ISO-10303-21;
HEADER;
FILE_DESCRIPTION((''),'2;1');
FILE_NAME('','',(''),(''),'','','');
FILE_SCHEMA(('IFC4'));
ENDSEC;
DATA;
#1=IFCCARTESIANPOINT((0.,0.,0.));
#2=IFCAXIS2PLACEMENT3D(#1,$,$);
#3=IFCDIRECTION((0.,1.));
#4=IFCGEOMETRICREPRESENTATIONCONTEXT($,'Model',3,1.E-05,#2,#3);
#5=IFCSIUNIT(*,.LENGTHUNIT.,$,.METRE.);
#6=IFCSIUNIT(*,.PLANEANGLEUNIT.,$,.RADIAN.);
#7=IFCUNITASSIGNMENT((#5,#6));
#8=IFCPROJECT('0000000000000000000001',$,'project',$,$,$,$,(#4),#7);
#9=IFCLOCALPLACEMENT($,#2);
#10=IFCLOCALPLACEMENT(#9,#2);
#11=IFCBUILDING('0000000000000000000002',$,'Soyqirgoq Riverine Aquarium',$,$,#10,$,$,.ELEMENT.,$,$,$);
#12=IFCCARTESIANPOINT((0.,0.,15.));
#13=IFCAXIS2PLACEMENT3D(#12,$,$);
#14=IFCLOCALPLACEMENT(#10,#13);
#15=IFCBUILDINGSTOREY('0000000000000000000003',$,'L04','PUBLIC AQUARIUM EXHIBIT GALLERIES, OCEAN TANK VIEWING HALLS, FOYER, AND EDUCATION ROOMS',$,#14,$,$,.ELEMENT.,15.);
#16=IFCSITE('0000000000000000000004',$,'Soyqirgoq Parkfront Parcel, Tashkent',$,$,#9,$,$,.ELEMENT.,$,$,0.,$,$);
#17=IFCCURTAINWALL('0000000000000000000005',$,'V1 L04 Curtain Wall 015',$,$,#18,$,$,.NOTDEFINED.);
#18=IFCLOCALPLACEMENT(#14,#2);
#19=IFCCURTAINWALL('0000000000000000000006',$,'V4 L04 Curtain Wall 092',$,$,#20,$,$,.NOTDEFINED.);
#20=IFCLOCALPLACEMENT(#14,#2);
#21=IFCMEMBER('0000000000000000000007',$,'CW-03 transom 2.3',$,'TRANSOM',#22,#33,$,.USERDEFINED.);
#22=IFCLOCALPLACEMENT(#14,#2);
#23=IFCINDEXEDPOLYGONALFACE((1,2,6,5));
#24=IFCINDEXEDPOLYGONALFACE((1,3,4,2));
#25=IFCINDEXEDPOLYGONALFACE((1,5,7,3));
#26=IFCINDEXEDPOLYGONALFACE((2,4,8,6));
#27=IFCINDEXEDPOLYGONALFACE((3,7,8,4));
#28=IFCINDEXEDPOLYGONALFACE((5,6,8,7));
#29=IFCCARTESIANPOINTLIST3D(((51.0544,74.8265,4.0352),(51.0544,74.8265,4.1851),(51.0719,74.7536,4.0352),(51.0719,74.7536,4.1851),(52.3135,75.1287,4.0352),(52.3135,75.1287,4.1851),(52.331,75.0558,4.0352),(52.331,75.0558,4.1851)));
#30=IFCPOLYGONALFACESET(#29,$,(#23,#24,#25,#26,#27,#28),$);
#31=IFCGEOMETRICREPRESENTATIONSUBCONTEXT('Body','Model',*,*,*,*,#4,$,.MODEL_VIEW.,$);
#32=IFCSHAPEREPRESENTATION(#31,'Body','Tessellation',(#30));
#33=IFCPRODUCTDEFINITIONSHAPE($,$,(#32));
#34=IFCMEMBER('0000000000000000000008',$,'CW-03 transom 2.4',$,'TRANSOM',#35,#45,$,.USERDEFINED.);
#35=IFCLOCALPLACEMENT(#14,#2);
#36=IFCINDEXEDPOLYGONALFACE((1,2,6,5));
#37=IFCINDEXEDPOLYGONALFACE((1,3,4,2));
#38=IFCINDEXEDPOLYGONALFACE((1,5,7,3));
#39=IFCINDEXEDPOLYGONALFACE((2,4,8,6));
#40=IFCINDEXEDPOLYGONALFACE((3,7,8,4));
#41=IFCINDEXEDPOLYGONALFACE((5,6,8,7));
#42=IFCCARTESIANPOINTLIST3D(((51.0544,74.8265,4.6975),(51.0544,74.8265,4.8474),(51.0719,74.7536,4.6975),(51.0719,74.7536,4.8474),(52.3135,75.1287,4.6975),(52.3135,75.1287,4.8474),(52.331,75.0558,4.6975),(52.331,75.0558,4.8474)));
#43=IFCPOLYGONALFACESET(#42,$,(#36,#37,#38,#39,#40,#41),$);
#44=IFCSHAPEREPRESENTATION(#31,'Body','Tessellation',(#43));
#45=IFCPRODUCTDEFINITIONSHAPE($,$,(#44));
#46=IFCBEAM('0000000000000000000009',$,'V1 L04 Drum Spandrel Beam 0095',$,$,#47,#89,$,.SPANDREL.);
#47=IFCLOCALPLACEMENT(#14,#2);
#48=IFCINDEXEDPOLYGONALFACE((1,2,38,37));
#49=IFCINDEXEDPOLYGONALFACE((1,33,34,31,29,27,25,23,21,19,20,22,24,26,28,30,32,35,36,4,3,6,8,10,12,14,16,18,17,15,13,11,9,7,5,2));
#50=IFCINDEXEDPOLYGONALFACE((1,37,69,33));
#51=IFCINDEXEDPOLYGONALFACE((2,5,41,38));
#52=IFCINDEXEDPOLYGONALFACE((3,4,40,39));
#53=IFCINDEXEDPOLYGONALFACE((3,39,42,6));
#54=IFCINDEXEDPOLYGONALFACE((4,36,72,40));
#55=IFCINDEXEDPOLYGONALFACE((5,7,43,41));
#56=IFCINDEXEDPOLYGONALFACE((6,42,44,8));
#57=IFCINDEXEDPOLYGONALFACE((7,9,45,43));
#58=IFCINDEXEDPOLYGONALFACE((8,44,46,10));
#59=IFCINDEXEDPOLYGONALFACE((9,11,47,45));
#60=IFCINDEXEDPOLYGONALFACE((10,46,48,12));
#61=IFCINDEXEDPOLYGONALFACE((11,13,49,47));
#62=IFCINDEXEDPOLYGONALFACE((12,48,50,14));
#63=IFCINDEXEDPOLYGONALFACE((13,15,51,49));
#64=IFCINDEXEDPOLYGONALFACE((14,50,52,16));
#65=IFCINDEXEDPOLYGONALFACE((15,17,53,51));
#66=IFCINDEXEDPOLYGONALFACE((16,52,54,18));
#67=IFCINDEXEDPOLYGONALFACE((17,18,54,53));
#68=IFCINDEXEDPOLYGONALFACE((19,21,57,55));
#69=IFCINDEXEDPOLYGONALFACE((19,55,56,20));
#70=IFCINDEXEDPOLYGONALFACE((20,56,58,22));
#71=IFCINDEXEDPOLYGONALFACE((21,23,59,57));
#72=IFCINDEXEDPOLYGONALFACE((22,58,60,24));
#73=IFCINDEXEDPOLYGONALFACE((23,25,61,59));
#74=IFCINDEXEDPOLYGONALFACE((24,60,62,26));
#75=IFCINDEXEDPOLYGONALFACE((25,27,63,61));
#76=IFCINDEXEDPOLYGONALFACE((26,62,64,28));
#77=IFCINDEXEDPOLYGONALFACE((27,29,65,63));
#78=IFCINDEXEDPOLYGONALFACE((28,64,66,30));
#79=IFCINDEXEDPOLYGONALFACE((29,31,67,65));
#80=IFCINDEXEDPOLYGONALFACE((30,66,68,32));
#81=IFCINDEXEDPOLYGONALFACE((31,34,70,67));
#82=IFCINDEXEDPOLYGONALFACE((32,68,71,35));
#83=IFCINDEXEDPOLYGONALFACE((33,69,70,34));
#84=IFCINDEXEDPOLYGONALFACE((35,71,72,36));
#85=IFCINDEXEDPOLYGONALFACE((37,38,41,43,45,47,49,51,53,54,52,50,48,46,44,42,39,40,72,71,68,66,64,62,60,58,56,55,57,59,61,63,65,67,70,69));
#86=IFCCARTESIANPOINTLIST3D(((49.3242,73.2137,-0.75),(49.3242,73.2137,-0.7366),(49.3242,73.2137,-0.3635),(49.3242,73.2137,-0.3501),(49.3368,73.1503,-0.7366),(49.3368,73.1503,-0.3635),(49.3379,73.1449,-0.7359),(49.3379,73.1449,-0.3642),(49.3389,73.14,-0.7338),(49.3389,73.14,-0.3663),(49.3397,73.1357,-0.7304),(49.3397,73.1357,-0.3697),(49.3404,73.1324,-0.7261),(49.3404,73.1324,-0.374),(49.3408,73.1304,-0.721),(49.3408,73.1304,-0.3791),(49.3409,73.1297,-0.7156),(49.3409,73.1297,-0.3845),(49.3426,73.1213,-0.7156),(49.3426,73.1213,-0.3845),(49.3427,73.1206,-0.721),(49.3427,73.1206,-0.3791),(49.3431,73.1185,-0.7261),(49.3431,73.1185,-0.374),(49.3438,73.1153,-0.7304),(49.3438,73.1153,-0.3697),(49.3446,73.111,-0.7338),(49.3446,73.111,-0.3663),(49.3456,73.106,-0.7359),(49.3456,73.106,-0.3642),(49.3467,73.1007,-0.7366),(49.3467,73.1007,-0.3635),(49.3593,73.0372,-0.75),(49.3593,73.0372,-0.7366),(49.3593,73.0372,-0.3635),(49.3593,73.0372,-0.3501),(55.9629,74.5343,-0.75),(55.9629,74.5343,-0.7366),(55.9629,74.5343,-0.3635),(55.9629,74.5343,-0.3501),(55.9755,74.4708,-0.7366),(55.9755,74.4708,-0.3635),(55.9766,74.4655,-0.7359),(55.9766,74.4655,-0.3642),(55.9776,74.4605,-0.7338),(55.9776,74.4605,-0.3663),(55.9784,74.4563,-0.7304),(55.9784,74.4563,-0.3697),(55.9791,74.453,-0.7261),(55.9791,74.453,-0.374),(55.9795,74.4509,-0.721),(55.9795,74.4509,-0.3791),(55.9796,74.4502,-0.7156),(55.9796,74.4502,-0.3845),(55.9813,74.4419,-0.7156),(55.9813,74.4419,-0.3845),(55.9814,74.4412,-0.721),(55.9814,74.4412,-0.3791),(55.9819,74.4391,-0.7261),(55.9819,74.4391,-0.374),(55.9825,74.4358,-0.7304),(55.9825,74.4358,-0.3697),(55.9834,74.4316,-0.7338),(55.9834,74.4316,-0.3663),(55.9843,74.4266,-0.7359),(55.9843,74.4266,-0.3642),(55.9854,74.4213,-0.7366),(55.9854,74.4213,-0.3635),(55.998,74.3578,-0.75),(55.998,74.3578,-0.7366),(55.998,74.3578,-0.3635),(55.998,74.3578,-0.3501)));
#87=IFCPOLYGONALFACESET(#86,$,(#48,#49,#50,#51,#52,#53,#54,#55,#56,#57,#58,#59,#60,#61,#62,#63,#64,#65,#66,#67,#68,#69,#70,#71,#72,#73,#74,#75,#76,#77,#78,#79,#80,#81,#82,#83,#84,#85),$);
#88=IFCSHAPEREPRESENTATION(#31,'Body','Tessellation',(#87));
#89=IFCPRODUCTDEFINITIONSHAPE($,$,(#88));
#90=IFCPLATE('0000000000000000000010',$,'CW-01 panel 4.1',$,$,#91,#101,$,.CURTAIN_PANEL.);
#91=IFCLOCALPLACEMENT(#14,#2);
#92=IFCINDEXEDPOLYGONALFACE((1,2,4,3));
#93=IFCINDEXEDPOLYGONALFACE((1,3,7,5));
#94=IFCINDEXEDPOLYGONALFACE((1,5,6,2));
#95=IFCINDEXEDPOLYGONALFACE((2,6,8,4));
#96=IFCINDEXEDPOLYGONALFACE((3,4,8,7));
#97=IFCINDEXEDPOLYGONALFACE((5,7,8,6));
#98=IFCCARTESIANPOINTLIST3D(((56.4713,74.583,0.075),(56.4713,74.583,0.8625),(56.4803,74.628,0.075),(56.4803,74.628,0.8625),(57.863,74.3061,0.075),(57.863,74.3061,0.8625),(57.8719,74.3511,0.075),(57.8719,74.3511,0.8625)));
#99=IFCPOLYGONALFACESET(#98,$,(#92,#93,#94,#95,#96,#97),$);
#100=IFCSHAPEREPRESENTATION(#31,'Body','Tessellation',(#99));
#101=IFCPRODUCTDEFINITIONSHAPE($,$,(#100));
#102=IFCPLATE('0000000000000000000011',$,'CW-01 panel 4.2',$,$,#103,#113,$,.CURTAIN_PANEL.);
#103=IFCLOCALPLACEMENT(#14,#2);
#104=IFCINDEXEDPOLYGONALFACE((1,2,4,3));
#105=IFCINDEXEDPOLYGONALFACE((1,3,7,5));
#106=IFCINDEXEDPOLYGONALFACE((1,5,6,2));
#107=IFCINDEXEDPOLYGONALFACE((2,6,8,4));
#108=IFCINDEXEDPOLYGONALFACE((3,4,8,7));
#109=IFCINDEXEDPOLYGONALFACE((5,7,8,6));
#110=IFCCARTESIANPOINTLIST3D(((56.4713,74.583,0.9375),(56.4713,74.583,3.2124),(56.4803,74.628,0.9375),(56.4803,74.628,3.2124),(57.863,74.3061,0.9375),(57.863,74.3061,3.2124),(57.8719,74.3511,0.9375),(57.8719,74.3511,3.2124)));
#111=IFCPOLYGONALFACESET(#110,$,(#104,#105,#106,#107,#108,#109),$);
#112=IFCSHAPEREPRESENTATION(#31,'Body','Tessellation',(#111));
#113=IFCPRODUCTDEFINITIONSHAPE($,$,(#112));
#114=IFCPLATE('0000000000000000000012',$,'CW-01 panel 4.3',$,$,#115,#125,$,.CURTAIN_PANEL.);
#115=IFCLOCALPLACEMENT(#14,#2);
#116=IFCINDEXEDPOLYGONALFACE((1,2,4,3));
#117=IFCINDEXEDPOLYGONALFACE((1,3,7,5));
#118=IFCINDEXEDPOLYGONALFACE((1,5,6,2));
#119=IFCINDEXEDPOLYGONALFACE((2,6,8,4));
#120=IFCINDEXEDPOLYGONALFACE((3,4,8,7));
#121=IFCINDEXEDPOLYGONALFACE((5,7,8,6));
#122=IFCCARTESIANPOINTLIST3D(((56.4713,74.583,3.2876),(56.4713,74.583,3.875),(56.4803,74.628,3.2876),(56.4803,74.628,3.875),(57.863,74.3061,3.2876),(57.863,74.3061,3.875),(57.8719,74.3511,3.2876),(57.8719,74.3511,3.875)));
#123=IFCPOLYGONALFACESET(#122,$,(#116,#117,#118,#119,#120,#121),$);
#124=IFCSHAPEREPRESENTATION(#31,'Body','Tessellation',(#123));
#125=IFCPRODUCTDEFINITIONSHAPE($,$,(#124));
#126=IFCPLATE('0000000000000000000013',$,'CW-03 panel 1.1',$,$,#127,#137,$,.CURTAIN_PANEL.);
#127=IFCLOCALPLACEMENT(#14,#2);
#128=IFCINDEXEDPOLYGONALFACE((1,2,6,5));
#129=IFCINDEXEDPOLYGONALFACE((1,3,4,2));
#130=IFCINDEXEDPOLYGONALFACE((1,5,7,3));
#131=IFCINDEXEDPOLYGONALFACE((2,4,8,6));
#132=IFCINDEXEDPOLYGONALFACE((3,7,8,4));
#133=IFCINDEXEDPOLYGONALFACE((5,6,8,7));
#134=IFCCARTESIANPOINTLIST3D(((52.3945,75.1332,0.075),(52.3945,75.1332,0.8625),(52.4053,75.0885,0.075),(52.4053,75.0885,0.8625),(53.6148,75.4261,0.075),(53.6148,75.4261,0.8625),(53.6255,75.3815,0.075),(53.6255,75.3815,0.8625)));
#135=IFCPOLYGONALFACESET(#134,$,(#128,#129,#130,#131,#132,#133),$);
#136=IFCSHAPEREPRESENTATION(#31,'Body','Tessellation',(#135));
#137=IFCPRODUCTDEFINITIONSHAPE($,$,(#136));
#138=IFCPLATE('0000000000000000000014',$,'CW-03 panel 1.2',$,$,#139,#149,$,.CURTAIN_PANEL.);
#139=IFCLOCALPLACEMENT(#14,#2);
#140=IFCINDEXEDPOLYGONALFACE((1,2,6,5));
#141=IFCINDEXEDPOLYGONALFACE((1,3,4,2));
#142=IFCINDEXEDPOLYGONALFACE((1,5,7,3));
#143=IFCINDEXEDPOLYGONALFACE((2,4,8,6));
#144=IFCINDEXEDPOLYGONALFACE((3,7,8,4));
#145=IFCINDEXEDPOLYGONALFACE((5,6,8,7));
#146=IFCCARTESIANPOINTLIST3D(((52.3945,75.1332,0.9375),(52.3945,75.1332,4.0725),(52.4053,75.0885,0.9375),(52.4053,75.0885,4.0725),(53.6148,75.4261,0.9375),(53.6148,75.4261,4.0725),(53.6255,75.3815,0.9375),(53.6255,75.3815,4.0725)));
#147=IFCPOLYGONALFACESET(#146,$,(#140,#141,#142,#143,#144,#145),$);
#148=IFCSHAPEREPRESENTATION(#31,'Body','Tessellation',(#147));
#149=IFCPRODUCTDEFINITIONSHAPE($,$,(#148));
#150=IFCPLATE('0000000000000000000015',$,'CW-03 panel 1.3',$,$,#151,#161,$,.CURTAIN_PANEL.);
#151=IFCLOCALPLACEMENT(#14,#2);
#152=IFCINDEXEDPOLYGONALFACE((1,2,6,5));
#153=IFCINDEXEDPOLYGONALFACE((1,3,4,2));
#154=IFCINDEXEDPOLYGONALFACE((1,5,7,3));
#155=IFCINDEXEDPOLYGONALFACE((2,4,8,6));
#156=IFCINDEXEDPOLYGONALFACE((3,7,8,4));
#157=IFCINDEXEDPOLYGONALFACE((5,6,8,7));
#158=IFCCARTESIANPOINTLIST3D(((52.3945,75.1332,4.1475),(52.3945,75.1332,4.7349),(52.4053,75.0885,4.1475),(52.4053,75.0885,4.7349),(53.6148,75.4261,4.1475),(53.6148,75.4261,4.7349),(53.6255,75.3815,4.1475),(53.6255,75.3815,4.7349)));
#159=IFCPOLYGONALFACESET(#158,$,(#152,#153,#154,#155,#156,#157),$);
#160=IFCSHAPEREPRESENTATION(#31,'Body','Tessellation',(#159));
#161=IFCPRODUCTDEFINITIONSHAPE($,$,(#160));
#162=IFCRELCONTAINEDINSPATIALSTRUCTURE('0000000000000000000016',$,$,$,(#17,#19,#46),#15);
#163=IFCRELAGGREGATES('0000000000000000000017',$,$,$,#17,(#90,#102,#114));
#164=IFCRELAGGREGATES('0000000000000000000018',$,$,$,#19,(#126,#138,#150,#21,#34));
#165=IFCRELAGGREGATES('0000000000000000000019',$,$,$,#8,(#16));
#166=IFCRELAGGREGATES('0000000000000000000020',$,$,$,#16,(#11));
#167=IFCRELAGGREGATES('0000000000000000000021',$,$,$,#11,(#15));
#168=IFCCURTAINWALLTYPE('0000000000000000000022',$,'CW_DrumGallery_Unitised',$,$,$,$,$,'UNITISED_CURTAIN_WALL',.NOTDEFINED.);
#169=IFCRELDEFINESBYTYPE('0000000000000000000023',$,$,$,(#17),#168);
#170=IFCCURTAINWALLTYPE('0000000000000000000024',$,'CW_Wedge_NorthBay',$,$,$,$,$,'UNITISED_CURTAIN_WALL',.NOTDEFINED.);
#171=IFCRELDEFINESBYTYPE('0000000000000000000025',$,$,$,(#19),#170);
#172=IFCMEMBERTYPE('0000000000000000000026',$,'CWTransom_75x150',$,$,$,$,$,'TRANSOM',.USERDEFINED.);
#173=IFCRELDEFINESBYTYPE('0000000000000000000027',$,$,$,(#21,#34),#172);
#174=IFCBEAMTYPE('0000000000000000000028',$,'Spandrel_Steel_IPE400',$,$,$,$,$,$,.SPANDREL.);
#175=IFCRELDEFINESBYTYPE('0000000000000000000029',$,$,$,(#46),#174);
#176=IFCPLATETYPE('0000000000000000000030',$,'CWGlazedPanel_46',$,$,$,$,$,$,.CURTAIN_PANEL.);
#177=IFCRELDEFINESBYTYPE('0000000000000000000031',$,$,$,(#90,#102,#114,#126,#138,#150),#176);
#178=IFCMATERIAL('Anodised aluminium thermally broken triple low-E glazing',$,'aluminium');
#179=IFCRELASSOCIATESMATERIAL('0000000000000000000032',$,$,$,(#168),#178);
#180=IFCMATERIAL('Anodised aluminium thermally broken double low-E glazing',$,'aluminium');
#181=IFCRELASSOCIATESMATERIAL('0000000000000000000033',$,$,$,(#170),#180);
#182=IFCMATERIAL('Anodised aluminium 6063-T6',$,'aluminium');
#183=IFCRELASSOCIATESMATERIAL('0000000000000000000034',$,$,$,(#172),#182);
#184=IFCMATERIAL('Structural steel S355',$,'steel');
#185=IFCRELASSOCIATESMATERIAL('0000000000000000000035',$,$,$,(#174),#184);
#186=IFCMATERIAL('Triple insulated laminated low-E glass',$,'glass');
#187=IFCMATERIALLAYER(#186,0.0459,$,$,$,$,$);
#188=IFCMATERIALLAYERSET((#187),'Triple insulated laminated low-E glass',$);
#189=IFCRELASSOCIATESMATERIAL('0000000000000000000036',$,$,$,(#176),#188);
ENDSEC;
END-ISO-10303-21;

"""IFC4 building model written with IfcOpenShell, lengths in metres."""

from ifc_helpers import new_model, si_unit, direction, frame, origin, origin_2d, place, context, subcontext, project, spatial, rectangle, i_section, extrude, material, layer, layer_set, material_profile, profile_set, type_object, element, aggregate, save


model = new_model("IFC4")

# Units and contexts
model_context = context("Model", 3, precision=1e-05, world=origin(), true_north=direction((0.0, 1.0)))
body_context = subcontext(model_context, "Body", "Model", "MODEL_VIEW")
ifc_project = project(units=[si_unit("LENGTHUNIT", "METRE"), si_unit("PLANEANGLEUNIT", "RADIAN")], contexts=[model_context])

# Site, building, storey
site_placement = place(None, origin())
site = spatial("IfcSite", under=ifc_project, at=site_placement, Name="Soyqirgoq Parkfront Parcel, Tashkent", CompositionType="ELEMENT", RefElevation=0.0)
building_placement = place(site_placement, origin())
building = spatial("IfcBuilding", under=site, at=building_placement, Name="Soyqirgoq Riverine Aquarium", CompositionType="ELEMENT")
storey_placement = place(building_placement, frame((0.0, 0.0, 15.0)))
storey = spatial("IfcBuildingStorey", under=building, at=storey_placement, Name="L04", Description="PUBLIC AQUARIUM EXHIBIT GALLERIES, OCEAN TANK VIEWING HALLS, FOYER, AND EDUCATION ROOMS", CompositionType="ELEMENT", Elevation=15.0)

# Curtain walls
ifc_material_1 = material(Name="Anodised aluminium thermally broken triple low-E glazing", Category="aluminium")
curtain_wall_type_1 = type_object("IfcCurtainWallType", Name="CW_DrumGallery_Unitised", ElementType="UNITISED_CURTAIN_WALL", PredefinedType="NOTDEFINED", material=ifc_material_1)
curtain_wall_1_placement = place(storey_placement, origin())
curtain_wall_1 = element("IfcCurtainWall", 1, at=curtain_wall_1_placement, inside=storey, type_object=curtain_wall_type_1, Name="V1 L04 Curtain Wall 015", PredefinedType="NOTDEFINED")
ifc_material_2 = material(Name="Anodised aluminium thermally broken double low-E glazing", Category="aluminium")
curtain_wall_type_2 = type_object("IfcCurtainWallType", Name="CW_Wedge_NorthBay", ElementType="UNITISED_CURTAIN_WALL", PredefinedType="NOTDEFINED", material=ifc_material_2)
curtain_wall_2_placement = place(storey_placement, origin())
curtain_wall_2 = element("IfcCurtainWall", 2, at=curtain_wall_2_placement, inside=storey, type_object=curtain_wall_type_2, Name="V4 L04 Curtain Wall 092", PredefinedType="NOTDEFINED")

# Members
ifc_material_3 = material(Name="Anodised aluminium 6063-T6", Category="aluminium")
ifc_material_profile_1 = material_profile(ifc_material_3, rectangle(XDim=0.075, YDim=0.1499, at=origin_2d()), Name="ALU-T 75x150")
ifc_profile_set_1 = profile_set([ifc_material_profile_1], Name="Anodised aluminium 6063-T6")
member_type_1 = type_object("IfcMemberType", Name="CWTransom_75x150", ElementType="TRANSOM", PredefinedType="USERDEFINED", material=ifc_profile_set_1)
member_1_placement = place(storey_placement, frame((52.3223, 75.0923, 4.1101), z_axis=(-0.972374, -0.23343, 0.0), x_axis=(0.23343, -0.972374, 0.0)))
member_1 = element("IfcMember", 3, at=member_1_placement, type_object=member_type_1, Name="CW-03 transom 2.3", ObjectType="TRANSOM", PredefinedType="USERDEFINED", context=body_context, shape_type="SweptSolid", body=[
    extrude(rectangle(XDim=0.075, YDim=0.1499, at=origin_2d()), origin(), (0.0, 0.0, 1.0), 1.2949),
])
member_2_placement = place(storey_placement, frame((52.3223, 75.0923, 4.7725), z_axis=(-0.972374, -0.23343, 0.0), x_axis=(0.23343, -0.972374, 0.0)))
member_2 = element("IfcMember", 4, at=member_2_placement, type_object=member_type_1, Name="CW-03 transom 2.4", ObjectType="TRANSOM", PredefinedType="USERDEFINED", context=body_context, shape_type="SweptSolid", body=[
    extrude(rectangle(XDim=0.075, YDim=0.1499, at=origin_2d()), origin(), (0.0, 0.0, 1.0), 1.2949),
])

# Beam
ifc_material_4 = material(Name="Structural steel S355", Category="steel")
ifc_material_profile_2 = material_profile(ifc_material_4, i_section(OverallWidth=0.1799, OverallDepth=0.3999, WebThickness=0.0085, FlangeThickness=0.0134, FilletRadius=0.021, at=origin_2d()), Name="IPE 400")
ifc_profile_set_2 = profile_set([ifc_material_profile_2], Name="Structural steel S355")
beam_type = type_object("IfcBeamType", Name="Spandrel_Steel_IPE400", PredefinedType="SPANDREL", material=ifc_profile_set_2)
beam_placement = place(storey_placement, frame((55.9805, 74.446, -0.55), z_axis=(-0.980784, -0.195096, 0.0), x_axis=(0.195096, -0.980784, 0.0)))
element("IfcBeam", 5, at=beam_placement, inside=storey, type_object=beam_type, Name="V1 L04 Drum Spandrel Beam 0095", PredefinedType="SPANDREL", context=body_context, shape_type="SweptSolid", body=[
    extrude(i_section(OverallWidth=0.1799, OverallDepth=0.3999, WebThickness=0.0085, FlangeThickness=0.0134, FilletRadius=0.021, at=origin_2d()), origin(), (0.0, 0.0, 1.0), 6.7688),
])

# Plates
ifc_material_5 = material(Name="Triple insulated laminated low-E glass", Category="glass")
ifc_layer = layer(ifc_material_5, 0.0459)
ifc_layer_set = layer_set([ifc_layer], Name="Triple insulated laminated low-E glass")
plate_type = type_object("IfcPlateType", Name="CWGlazedPanel_46", PredefinedType="CURTAIN_PANEL", material=ifc_layer_set)
plate_1_placement = place(storey_placement, frame((57.1716, 74.467, 0.075), z_axis=(0.0, 0.0, 1.0), x_axis=(-0.980783, 0.195102, 0.0)))
plate_1 = element("IfcPlate", 6, at=plate_1_placement, type_object=plate_type, Name="CW-01 panel 4.1", PredefinedType="CURTAIN_PANEL", context=body_context, shape_type="SweptSolid", body=[
    extrude(rectangle(XDim=1.4189, YDim=0.0459, at=origin_2d()), origin(), (0.0, 0.0, 1.0), 0.7876),
])
plate_2_placement = place(storey_placement, frame((57.1716, 74.467, 0.9375), z_axis=(0.0, 0.0, 1.0), x_axis=(-0.980783, 0.195102, 0.0)))
plate_2 = element("IfcPlate", 7, at=plate_2_placement, type_object=plate_type, Name="CW-01 panel 4.2", PredefinedType="CURTAIN_PANEL", context=body_context, shape_type="SweptSolid", body=[
    extrude(rectangle(XDim=1.4189, YDim=0.0459, at=origin_2d()), origin(), (0.0, 0.0, 1.0), 2.2749),
])
plate_3_placement = place(storey_placement, frame((57.1716, 74.467, 3.2876), z_axis=(0.0, 0.0, 1.0), x_axis=(-0.980783, 0.195102, 0.0)))
plate_3 = element("IfcPlate", 8, at=plate_3_placement, type_object=plate_type, Name="CW-01 panel 4.3", PredefinedType="CURTAIN_PANEL", context=body_context, shape_type="SweptSolid", body=[
    extrude(rectangle(XDim=1.4189, YDim=0.0459, at=origin_2d()), origin(), (0.0, 0.0, 1.0), 0.5874),
])
aggregate(curtain_wall_1, [plate_1, plate_2, plate_3])
plate_4_placement = place(storey_placement, frame((53.01, 75.2573, 0.075), z_axis=(0.0, 0.0, 1.0), x_axis=(-0.972371, -0.233443, 0.0)))
plate_4 = element("IfcPlate", 9, at=plate_4_placement, type_object=plate_type, Name="CW-03 panel 1.1", PredefinedType="CURTAIN_PANEL", context=body_context, shape_type="SweptSolid", body=[
    extrude(rectangle(XDim=1.2549, YDim=0.0459, at=origin_2d()), origin(), (0.0, 0.0, 1.0), 0.7876),
])
plate_5_placement = place(storey_placement, frame((53.01, 75.2573, 0.9375), z_axis=(0.0, 0.0, 1.0), x_axis=(-0.972371, -0.233443, 0.0)))
plate_5 = element("IfcPlate", 10, at=plate_5_placement, type_object=plate_type, Name="CW-03 panel 1.2", PredefinedType="CURTAIN_PANEL", context=body_context, shape_type="SweptSolid", body=[
    extrude(rectangle(XDim=1.2549, YDim=0.0459, at=origin_2d()), origin(), (0.0, 0.0, 1.0), 3.135),
])
plate_6_placement = place(storey_placement, frame((53.01, 75.2573, 4.1475), z_axis=(0.0, 0.0, 1.0), x_axis=(-0.972371, -0.233443, 0.0)))
plate_6 = element("IfcPlate", 11, at=plate_6_placement, type_object=plate_type, Name="CW-03 panel 1.3", PredefinedType="CURTAIN_PANEL", context=body_context, shape_type="SweptSolid", body=[
    extrude(rectangle(XDim=1.2549, YDim=0.0459, at=origin_2d()), origin(), (0.0, 0.0, 1.0), 0.5874),
])
aggregate(curtain_wall_2, [plate_4, plate_5, plate_6, member_1, member_2])

save(model, "model.ifc")
